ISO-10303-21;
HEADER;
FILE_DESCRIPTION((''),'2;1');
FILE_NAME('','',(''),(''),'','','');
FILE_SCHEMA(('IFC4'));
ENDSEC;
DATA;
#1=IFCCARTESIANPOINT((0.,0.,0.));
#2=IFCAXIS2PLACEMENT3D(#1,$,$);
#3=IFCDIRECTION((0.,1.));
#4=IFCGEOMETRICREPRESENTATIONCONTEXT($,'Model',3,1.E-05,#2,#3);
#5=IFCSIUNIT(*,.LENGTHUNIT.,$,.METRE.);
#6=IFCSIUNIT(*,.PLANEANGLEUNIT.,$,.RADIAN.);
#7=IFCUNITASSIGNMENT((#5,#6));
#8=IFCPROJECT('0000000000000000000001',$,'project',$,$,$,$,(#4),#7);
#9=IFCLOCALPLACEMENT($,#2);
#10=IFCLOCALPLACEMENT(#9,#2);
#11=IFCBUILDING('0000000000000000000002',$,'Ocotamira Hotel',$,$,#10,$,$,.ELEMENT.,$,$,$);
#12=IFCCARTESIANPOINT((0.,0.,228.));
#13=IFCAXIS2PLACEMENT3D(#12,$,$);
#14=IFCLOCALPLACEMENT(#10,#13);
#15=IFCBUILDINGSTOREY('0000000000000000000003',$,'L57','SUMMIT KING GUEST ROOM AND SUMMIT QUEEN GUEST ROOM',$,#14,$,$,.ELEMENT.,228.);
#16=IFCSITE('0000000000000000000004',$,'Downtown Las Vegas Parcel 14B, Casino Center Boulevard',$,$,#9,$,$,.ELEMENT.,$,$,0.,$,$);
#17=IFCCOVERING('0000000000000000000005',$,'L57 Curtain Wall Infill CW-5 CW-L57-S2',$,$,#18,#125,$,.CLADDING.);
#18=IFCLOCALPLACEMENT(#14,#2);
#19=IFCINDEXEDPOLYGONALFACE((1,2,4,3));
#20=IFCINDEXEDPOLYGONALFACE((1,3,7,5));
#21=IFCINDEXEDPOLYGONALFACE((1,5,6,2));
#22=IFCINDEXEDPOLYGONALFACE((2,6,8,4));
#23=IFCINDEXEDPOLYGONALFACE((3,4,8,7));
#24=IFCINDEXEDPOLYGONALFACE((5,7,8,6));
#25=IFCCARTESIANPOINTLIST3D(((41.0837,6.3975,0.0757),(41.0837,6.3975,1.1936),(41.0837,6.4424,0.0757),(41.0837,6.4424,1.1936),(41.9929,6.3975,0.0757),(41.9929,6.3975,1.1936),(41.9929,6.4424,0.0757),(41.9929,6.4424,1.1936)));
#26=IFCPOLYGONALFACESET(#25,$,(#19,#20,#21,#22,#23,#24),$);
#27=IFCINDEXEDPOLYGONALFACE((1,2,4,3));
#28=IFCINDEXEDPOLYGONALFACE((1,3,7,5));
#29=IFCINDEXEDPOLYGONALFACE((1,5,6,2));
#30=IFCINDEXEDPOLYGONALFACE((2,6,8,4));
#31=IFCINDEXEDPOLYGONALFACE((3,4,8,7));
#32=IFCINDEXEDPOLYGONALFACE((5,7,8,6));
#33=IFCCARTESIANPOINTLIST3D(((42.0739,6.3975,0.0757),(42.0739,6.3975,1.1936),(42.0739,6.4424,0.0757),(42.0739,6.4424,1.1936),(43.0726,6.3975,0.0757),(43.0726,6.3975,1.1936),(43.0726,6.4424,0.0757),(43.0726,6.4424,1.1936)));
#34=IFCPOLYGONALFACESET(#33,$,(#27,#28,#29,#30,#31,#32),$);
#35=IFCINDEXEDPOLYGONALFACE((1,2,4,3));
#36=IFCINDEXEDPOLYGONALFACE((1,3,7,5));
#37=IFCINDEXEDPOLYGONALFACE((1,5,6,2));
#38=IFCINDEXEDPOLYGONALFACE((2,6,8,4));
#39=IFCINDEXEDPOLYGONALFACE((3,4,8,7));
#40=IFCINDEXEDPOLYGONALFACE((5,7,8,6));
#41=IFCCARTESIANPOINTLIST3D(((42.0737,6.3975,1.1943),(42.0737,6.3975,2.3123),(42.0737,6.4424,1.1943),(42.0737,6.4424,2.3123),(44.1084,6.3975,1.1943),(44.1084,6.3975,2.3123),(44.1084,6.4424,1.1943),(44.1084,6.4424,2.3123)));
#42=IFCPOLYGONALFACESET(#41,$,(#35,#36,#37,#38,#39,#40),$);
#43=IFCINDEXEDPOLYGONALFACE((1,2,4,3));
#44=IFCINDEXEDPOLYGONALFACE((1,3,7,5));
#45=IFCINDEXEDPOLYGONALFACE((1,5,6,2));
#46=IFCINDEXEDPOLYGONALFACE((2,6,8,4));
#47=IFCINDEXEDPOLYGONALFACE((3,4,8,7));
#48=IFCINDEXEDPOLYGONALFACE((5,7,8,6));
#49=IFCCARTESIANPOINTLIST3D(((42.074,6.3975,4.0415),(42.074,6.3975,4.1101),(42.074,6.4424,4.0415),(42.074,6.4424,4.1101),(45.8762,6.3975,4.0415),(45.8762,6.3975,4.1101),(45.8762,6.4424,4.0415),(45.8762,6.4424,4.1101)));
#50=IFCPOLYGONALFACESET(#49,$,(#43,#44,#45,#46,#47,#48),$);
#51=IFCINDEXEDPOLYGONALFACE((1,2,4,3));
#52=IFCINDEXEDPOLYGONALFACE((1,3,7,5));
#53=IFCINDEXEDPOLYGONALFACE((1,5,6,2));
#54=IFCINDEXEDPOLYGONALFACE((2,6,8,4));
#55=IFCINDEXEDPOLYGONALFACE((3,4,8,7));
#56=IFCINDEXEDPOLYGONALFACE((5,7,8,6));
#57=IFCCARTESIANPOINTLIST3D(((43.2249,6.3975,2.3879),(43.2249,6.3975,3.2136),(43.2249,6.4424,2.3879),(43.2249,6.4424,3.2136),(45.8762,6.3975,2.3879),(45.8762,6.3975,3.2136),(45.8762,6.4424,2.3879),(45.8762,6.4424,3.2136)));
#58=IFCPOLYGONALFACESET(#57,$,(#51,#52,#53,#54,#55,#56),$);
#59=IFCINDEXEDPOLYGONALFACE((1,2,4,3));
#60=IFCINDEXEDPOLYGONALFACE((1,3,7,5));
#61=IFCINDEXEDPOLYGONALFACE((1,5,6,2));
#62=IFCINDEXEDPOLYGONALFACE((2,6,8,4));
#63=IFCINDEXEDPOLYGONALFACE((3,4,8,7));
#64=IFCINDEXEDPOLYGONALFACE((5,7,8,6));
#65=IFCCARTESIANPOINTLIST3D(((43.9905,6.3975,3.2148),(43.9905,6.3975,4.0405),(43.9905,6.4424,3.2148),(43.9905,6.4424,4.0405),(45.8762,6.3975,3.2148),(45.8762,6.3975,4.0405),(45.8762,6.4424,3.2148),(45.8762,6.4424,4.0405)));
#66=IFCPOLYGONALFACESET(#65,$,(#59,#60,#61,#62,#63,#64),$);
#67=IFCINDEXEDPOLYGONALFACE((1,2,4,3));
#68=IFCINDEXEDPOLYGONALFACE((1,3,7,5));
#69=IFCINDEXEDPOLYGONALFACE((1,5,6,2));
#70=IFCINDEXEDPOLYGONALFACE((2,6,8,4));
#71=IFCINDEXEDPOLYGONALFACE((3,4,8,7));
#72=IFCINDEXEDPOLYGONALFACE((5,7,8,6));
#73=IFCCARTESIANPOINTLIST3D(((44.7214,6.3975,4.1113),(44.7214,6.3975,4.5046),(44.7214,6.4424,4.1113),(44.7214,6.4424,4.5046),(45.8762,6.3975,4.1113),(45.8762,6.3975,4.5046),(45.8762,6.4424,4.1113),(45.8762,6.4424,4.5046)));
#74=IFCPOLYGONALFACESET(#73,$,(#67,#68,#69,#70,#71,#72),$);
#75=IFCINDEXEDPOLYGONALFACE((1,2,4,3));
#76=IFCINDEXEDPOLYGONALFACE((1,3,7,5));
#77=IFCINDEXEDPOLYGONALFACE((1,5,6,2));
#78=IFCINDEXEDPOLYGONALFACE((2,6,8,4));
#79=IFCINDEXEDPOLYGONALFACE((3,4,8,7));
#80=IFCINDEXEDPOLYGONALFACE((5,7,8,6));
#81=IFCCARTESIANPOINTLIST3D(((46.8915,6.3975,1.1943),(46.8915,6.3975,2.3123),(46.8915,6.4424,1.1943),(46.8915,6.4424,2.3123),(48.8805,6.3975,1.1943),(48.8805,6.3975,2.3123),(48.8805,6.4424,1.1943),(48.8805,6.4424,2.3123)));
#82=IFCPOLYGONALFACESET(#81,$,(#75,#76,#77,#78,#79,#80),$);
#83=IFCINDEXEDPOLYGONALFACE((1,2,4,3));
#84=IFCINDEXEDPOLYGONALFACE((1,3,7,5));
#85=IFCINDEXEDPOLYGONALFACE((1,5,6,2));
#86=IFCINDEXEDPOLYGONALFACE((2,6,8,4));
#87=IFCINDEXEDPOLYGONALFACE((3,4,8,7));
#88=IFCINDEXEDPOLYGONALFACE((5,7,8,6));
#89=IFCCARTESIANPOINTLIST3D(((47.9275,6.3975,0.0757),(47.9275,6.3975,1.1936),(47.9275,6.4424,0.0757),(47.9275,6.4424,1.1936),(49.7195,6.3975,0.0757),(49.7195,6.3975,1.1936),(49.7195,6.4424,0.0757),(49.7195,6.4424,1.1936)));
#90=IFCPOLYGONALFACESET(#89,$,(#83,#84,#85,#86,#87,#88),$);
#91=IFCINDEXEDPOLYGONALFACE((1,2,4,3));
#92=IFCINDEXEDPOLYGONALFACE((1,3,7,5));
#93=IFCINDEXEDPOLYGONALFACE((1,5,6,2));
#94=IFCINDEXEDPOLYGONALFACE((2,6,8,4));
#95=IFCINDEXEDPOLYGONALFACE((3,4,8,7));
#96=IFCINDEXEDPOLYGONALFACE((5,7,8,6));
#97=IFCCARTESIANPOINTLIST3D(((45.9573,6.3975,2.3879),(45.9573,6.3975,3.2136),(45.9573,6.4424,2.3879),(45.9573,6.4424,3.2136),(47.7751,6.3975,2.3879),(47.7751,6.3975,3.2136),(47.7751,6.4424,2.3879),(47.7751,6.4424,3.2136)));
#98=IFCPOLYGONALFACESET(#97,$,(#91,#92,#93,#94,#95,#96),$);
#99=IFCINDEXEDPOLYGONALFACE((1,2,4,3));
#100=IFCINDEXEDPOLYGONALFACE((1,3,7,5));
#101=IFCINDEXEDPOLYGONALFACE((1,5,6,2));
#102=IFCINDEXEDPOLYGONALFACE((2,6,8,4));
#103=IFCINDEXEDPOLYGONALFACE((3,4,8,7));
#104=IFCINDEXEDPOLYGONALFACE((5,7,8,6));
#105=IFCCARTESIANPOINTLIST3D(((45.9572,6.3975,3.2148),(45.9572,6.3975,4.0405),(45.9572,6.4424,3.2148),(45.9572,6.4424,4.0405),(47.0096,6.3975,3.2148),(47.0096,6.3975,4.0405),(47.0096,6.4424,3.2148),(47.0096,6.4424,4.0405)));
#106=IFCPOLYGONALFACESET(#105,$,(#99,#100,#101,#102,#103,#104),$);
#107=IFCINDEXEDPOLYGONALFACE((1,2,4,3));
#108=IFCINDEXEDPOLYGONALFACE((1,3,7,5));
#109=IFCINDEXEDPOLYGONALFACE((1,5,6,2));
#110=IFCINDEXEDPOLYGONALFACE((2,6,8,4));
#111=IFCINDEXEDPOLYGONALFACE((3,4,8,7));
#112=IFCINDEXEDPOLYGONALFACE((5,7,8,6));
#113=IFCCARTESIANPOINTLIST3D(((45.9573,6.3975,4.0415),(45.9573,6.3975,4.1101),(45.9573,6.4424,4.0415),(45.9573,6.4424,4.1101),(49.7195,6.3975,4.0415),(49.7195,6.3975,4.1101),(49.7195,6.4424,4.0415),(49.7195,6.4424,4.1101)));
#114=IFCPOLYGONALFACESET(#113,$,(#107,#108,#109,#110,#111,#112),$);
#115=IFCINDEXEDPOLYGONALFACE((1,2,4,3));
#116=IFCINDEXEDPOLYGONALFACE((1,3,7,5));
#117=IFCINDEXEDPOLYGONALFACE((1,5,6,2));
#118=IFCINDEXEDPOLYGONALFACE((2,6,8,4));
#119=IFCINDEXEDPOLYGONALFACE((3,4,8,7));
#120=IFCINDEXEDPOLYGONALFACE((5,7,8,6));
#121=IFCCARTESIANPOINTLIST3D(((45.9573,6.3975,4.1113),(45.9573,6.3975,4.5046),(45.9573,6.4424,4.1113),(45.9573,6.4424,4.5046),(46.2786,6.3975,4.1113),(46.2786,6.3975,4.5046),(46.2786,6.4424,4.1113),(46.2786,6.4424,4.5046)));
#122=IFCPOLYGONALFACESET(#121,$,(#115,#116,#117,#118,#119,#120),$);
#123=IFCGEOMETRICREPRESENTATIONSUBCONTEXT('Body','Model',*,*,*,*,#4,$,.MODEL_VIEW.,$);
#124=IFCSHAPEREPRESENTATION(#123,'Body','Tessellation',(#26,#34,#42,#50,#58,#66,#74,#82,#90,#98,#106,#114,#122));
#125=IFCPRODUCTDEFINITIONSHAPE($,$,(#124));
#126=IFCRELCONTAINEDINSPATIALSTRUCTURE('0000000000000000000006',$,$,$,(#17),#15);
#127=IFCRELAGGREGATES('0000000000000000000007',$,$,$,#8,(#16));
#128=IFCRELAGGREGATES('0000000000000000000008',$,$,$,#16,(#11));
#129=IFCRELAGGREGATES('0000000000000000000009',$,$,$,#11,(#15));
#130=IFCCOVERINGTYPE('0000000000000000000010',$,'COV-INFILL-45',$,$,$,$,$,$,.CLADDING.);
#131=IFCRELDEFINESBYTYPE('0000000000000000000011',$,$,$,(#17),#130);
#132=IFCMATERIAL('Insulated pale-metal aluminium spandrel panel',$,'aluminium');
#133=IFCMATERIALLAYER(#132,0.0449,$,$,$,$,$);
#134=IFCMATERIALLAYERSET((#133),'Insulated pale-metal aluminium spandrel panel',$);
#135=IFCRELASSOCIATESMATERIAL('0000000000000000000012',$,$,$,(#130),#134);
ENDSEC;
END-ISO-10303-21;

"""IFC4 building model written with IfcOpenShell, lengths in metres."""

from ifc_helpers import new_model, si_unit, direction, frame, origin, origin_2d, place, context, subcontext, project, spatial, rectangle, extrude, material, layer, layer_set, type_object, element, save


model = new_model("IFC4")

# Units and contexts
model_context = context("Model", 3, precision=1e-05, world=origin(), true_north=direction((0.0, 1.0)))
body_context = subcontext(model_context, "Body", "Model", "MODEL_VIEW")
ifc_project = project(units=[si_unit("LENGTHUNIT", "METRE"), si_unit("PLANEANGLEUNIT", "RADIAN")], contexts=[model_context])

# Site, building, storey
site_placement = place(None, origin())
site = spatial("IfcSite", under=ifc_project, at=site_placement, Name="Downtown Las Vegas Parcel 14B, Casino Center Boulevard", CompositionType="ELEMENT", RefElevation=0.0)
building_placement = place(site_placement, origin())
building = spatial("IfcBuilding", under=site, at=building_placement, Name="Ocotamira Hotel", CompositionType="ELEMENT")
storey_placement = place(building_placement, frame((0.0, 0.0, 228.0)))
storey = spatial("IfcBuildingStorey", under=building, at=storey_placement, Name="L57", Description="SUMMIT KING GUEST ROOM AND SUMMIT QUEEN GUEST ROOM", CompositionType="ELEMENT", Elevation=228.0)

# Covering
ifc_material_1 = material(Name="Insulated pale-metal aluminium spandrel panel", Category="aluminium")
ifc_layer_1 = layer(ifc_material_1, 0.0449)
ifc_layer_set_1 = layer_set([ifc_layer_1], Name="Insulated pale-metal aluminium spandrel panel")
covering_type_1 = type_object("IfcCoveringType", Name="COV-INFILL-45", PredefinedType="CLADDING", material=ifc_layer_set_1)
covering_1_placement = place(storey_placement, origin())
element("IfcCovering", 1, at=covering_1_placement, inside=storey, type_object=covering_type_1, Name="L57 Curtain Wall Infill CW-5 CW-L57-S2", PredefinedType="CLADDING", context=body_context, shape_type="SweptSolid", body=[
    extrude(rectangle(XDim=0.9092, YDim=0.0449, at=origin_2d()), frame((41.5383, 6.4199, 0.0757), z_axis=(0.0, 0.0, 1.0), x_axis=(1.0, 0.0, 0.0)), (0.0, 0.0, 1.0), 1.1179),
    extrude(rectangle(XDim=0.9988, YDim=0.0449, at=origin_2d()), frame((42.5732, 6.4199, 0.0757), z_axis=(0.0, 0.0, 1.0), x_axis=(1.0, 0.0, 0.0)), (0.0, 0.0, 1.0), 1.1179),
    extrude(rectangle(XDim=2.0347, YDim=0.0449, at=origin_2d()), frame((43.0911, 6.4199, 1.1943), z_axis=(0.0, 0.0, 1.0), x_axis=(1.0, 0.0, 0.0)), (0.0, 0.0, 1.0), 1.1179),
    extrude(rectangle(XDim=3.8022, YDim=0.0449, at=origin_2d()), frame((43.9751, 6.4199, 4.0415), z_axis=(0.0, 0.0, 1.0), x_axis=(1.0, 0.0, 0.0)), (0.0, 0.0, 1.0), 0.0686),
    extrude(rectangle(XDim=2.6514, YDim=0.0449, at=origin_2d()), frame((44.5505, 6.4199, 2.3879), z_axis=(0.0, 0.0, 1.0), x_axis=(1.0, 0.0, 0.0)), (0.0, 0.0, 1.0), 0.8257),
    extrude(rectangle(XDim=1.8857, YDim=0.0449, at=origin_2d()), frame((44.9333, 6.4199, 3.2148), z_axis=(0.0, 0.0, 1.0), x_axis=(1.0, 0.0, 0.0)), (0.0, 0.0, 1.0), 0.8257),
    extrude(rectangle(XDim=1.1548, YDim=0.0449, at=origin_2d()), frame((45.2988, 6.4199, 4.1113), z_axis=(0.0, 0.0, 1.0), x_axis=(1.0, 0.0, 0.0)), (0.0, 0.0, 1.0), 0.3933),
    extrude(rectangle(XDim=1.989, YDim=0.0449, at=origin_2d()), frame((47.886, 6.4199, 1.1943), z_axis=(0.0, 0.0, 1.0), x_axis=(1.0, 0.0, 0.0)), (0.0, 0.0, 1.0), 1.1179),
    extrude(rectangle(XDim=1.792, YDim=0.0449, at=origin_2d()), frame((48.8235, 6.4199, 0.0757), z_axis=(0.0, 0.0, 1.0), x_axis=(1.0, 0.0, 0.0)), (0.0, 0.0, 1.0), 1.1179),
    extrude(rectangle(XDim=1.8179, YDim=0.0449, at=origin_2d()), frame((46.8662, 6.4199, 2.3879), z_axis=(0.0, 0.0, 1.0), x_axis=(1.0, 0.0, 0.0)), (0.0, 0.0, 1.0), 0.8257),
    extrude(rectangle(XDim=1.0525, YDim=0.0449, at=origin_2d()), frame((46.4834, 6.4199, 3.2148), z_axis=(0.0, 0.0, 1.0), x_axis=(1.0, 0.0, 0.0)), (0.0, 0.0, 1.0), 0.8257),
    extrude(rectangle(XDim=3.7622, YDim=0.0449, at=origin_2d()), frame((47.8384, 6.4199, 4.0415), z_axis=(0.0, 0.0, 1.0), x_axis=(1.0, 0.0, 0.0)), (0.0, 0.0, 1.0), 0.0686),
    extrude(rectangle(XDim=0.3213, YDim=0.0449, at=origin_2d()), frame((46.1179, 6.4199, 4.1113), z_axis=(0.0, 0.0, 1.0), x_axis=(1.0, 0.0, 0.0)), (0.0, 0.0, 1.0), 0.3933),
])

save(model, "model.ifc")
